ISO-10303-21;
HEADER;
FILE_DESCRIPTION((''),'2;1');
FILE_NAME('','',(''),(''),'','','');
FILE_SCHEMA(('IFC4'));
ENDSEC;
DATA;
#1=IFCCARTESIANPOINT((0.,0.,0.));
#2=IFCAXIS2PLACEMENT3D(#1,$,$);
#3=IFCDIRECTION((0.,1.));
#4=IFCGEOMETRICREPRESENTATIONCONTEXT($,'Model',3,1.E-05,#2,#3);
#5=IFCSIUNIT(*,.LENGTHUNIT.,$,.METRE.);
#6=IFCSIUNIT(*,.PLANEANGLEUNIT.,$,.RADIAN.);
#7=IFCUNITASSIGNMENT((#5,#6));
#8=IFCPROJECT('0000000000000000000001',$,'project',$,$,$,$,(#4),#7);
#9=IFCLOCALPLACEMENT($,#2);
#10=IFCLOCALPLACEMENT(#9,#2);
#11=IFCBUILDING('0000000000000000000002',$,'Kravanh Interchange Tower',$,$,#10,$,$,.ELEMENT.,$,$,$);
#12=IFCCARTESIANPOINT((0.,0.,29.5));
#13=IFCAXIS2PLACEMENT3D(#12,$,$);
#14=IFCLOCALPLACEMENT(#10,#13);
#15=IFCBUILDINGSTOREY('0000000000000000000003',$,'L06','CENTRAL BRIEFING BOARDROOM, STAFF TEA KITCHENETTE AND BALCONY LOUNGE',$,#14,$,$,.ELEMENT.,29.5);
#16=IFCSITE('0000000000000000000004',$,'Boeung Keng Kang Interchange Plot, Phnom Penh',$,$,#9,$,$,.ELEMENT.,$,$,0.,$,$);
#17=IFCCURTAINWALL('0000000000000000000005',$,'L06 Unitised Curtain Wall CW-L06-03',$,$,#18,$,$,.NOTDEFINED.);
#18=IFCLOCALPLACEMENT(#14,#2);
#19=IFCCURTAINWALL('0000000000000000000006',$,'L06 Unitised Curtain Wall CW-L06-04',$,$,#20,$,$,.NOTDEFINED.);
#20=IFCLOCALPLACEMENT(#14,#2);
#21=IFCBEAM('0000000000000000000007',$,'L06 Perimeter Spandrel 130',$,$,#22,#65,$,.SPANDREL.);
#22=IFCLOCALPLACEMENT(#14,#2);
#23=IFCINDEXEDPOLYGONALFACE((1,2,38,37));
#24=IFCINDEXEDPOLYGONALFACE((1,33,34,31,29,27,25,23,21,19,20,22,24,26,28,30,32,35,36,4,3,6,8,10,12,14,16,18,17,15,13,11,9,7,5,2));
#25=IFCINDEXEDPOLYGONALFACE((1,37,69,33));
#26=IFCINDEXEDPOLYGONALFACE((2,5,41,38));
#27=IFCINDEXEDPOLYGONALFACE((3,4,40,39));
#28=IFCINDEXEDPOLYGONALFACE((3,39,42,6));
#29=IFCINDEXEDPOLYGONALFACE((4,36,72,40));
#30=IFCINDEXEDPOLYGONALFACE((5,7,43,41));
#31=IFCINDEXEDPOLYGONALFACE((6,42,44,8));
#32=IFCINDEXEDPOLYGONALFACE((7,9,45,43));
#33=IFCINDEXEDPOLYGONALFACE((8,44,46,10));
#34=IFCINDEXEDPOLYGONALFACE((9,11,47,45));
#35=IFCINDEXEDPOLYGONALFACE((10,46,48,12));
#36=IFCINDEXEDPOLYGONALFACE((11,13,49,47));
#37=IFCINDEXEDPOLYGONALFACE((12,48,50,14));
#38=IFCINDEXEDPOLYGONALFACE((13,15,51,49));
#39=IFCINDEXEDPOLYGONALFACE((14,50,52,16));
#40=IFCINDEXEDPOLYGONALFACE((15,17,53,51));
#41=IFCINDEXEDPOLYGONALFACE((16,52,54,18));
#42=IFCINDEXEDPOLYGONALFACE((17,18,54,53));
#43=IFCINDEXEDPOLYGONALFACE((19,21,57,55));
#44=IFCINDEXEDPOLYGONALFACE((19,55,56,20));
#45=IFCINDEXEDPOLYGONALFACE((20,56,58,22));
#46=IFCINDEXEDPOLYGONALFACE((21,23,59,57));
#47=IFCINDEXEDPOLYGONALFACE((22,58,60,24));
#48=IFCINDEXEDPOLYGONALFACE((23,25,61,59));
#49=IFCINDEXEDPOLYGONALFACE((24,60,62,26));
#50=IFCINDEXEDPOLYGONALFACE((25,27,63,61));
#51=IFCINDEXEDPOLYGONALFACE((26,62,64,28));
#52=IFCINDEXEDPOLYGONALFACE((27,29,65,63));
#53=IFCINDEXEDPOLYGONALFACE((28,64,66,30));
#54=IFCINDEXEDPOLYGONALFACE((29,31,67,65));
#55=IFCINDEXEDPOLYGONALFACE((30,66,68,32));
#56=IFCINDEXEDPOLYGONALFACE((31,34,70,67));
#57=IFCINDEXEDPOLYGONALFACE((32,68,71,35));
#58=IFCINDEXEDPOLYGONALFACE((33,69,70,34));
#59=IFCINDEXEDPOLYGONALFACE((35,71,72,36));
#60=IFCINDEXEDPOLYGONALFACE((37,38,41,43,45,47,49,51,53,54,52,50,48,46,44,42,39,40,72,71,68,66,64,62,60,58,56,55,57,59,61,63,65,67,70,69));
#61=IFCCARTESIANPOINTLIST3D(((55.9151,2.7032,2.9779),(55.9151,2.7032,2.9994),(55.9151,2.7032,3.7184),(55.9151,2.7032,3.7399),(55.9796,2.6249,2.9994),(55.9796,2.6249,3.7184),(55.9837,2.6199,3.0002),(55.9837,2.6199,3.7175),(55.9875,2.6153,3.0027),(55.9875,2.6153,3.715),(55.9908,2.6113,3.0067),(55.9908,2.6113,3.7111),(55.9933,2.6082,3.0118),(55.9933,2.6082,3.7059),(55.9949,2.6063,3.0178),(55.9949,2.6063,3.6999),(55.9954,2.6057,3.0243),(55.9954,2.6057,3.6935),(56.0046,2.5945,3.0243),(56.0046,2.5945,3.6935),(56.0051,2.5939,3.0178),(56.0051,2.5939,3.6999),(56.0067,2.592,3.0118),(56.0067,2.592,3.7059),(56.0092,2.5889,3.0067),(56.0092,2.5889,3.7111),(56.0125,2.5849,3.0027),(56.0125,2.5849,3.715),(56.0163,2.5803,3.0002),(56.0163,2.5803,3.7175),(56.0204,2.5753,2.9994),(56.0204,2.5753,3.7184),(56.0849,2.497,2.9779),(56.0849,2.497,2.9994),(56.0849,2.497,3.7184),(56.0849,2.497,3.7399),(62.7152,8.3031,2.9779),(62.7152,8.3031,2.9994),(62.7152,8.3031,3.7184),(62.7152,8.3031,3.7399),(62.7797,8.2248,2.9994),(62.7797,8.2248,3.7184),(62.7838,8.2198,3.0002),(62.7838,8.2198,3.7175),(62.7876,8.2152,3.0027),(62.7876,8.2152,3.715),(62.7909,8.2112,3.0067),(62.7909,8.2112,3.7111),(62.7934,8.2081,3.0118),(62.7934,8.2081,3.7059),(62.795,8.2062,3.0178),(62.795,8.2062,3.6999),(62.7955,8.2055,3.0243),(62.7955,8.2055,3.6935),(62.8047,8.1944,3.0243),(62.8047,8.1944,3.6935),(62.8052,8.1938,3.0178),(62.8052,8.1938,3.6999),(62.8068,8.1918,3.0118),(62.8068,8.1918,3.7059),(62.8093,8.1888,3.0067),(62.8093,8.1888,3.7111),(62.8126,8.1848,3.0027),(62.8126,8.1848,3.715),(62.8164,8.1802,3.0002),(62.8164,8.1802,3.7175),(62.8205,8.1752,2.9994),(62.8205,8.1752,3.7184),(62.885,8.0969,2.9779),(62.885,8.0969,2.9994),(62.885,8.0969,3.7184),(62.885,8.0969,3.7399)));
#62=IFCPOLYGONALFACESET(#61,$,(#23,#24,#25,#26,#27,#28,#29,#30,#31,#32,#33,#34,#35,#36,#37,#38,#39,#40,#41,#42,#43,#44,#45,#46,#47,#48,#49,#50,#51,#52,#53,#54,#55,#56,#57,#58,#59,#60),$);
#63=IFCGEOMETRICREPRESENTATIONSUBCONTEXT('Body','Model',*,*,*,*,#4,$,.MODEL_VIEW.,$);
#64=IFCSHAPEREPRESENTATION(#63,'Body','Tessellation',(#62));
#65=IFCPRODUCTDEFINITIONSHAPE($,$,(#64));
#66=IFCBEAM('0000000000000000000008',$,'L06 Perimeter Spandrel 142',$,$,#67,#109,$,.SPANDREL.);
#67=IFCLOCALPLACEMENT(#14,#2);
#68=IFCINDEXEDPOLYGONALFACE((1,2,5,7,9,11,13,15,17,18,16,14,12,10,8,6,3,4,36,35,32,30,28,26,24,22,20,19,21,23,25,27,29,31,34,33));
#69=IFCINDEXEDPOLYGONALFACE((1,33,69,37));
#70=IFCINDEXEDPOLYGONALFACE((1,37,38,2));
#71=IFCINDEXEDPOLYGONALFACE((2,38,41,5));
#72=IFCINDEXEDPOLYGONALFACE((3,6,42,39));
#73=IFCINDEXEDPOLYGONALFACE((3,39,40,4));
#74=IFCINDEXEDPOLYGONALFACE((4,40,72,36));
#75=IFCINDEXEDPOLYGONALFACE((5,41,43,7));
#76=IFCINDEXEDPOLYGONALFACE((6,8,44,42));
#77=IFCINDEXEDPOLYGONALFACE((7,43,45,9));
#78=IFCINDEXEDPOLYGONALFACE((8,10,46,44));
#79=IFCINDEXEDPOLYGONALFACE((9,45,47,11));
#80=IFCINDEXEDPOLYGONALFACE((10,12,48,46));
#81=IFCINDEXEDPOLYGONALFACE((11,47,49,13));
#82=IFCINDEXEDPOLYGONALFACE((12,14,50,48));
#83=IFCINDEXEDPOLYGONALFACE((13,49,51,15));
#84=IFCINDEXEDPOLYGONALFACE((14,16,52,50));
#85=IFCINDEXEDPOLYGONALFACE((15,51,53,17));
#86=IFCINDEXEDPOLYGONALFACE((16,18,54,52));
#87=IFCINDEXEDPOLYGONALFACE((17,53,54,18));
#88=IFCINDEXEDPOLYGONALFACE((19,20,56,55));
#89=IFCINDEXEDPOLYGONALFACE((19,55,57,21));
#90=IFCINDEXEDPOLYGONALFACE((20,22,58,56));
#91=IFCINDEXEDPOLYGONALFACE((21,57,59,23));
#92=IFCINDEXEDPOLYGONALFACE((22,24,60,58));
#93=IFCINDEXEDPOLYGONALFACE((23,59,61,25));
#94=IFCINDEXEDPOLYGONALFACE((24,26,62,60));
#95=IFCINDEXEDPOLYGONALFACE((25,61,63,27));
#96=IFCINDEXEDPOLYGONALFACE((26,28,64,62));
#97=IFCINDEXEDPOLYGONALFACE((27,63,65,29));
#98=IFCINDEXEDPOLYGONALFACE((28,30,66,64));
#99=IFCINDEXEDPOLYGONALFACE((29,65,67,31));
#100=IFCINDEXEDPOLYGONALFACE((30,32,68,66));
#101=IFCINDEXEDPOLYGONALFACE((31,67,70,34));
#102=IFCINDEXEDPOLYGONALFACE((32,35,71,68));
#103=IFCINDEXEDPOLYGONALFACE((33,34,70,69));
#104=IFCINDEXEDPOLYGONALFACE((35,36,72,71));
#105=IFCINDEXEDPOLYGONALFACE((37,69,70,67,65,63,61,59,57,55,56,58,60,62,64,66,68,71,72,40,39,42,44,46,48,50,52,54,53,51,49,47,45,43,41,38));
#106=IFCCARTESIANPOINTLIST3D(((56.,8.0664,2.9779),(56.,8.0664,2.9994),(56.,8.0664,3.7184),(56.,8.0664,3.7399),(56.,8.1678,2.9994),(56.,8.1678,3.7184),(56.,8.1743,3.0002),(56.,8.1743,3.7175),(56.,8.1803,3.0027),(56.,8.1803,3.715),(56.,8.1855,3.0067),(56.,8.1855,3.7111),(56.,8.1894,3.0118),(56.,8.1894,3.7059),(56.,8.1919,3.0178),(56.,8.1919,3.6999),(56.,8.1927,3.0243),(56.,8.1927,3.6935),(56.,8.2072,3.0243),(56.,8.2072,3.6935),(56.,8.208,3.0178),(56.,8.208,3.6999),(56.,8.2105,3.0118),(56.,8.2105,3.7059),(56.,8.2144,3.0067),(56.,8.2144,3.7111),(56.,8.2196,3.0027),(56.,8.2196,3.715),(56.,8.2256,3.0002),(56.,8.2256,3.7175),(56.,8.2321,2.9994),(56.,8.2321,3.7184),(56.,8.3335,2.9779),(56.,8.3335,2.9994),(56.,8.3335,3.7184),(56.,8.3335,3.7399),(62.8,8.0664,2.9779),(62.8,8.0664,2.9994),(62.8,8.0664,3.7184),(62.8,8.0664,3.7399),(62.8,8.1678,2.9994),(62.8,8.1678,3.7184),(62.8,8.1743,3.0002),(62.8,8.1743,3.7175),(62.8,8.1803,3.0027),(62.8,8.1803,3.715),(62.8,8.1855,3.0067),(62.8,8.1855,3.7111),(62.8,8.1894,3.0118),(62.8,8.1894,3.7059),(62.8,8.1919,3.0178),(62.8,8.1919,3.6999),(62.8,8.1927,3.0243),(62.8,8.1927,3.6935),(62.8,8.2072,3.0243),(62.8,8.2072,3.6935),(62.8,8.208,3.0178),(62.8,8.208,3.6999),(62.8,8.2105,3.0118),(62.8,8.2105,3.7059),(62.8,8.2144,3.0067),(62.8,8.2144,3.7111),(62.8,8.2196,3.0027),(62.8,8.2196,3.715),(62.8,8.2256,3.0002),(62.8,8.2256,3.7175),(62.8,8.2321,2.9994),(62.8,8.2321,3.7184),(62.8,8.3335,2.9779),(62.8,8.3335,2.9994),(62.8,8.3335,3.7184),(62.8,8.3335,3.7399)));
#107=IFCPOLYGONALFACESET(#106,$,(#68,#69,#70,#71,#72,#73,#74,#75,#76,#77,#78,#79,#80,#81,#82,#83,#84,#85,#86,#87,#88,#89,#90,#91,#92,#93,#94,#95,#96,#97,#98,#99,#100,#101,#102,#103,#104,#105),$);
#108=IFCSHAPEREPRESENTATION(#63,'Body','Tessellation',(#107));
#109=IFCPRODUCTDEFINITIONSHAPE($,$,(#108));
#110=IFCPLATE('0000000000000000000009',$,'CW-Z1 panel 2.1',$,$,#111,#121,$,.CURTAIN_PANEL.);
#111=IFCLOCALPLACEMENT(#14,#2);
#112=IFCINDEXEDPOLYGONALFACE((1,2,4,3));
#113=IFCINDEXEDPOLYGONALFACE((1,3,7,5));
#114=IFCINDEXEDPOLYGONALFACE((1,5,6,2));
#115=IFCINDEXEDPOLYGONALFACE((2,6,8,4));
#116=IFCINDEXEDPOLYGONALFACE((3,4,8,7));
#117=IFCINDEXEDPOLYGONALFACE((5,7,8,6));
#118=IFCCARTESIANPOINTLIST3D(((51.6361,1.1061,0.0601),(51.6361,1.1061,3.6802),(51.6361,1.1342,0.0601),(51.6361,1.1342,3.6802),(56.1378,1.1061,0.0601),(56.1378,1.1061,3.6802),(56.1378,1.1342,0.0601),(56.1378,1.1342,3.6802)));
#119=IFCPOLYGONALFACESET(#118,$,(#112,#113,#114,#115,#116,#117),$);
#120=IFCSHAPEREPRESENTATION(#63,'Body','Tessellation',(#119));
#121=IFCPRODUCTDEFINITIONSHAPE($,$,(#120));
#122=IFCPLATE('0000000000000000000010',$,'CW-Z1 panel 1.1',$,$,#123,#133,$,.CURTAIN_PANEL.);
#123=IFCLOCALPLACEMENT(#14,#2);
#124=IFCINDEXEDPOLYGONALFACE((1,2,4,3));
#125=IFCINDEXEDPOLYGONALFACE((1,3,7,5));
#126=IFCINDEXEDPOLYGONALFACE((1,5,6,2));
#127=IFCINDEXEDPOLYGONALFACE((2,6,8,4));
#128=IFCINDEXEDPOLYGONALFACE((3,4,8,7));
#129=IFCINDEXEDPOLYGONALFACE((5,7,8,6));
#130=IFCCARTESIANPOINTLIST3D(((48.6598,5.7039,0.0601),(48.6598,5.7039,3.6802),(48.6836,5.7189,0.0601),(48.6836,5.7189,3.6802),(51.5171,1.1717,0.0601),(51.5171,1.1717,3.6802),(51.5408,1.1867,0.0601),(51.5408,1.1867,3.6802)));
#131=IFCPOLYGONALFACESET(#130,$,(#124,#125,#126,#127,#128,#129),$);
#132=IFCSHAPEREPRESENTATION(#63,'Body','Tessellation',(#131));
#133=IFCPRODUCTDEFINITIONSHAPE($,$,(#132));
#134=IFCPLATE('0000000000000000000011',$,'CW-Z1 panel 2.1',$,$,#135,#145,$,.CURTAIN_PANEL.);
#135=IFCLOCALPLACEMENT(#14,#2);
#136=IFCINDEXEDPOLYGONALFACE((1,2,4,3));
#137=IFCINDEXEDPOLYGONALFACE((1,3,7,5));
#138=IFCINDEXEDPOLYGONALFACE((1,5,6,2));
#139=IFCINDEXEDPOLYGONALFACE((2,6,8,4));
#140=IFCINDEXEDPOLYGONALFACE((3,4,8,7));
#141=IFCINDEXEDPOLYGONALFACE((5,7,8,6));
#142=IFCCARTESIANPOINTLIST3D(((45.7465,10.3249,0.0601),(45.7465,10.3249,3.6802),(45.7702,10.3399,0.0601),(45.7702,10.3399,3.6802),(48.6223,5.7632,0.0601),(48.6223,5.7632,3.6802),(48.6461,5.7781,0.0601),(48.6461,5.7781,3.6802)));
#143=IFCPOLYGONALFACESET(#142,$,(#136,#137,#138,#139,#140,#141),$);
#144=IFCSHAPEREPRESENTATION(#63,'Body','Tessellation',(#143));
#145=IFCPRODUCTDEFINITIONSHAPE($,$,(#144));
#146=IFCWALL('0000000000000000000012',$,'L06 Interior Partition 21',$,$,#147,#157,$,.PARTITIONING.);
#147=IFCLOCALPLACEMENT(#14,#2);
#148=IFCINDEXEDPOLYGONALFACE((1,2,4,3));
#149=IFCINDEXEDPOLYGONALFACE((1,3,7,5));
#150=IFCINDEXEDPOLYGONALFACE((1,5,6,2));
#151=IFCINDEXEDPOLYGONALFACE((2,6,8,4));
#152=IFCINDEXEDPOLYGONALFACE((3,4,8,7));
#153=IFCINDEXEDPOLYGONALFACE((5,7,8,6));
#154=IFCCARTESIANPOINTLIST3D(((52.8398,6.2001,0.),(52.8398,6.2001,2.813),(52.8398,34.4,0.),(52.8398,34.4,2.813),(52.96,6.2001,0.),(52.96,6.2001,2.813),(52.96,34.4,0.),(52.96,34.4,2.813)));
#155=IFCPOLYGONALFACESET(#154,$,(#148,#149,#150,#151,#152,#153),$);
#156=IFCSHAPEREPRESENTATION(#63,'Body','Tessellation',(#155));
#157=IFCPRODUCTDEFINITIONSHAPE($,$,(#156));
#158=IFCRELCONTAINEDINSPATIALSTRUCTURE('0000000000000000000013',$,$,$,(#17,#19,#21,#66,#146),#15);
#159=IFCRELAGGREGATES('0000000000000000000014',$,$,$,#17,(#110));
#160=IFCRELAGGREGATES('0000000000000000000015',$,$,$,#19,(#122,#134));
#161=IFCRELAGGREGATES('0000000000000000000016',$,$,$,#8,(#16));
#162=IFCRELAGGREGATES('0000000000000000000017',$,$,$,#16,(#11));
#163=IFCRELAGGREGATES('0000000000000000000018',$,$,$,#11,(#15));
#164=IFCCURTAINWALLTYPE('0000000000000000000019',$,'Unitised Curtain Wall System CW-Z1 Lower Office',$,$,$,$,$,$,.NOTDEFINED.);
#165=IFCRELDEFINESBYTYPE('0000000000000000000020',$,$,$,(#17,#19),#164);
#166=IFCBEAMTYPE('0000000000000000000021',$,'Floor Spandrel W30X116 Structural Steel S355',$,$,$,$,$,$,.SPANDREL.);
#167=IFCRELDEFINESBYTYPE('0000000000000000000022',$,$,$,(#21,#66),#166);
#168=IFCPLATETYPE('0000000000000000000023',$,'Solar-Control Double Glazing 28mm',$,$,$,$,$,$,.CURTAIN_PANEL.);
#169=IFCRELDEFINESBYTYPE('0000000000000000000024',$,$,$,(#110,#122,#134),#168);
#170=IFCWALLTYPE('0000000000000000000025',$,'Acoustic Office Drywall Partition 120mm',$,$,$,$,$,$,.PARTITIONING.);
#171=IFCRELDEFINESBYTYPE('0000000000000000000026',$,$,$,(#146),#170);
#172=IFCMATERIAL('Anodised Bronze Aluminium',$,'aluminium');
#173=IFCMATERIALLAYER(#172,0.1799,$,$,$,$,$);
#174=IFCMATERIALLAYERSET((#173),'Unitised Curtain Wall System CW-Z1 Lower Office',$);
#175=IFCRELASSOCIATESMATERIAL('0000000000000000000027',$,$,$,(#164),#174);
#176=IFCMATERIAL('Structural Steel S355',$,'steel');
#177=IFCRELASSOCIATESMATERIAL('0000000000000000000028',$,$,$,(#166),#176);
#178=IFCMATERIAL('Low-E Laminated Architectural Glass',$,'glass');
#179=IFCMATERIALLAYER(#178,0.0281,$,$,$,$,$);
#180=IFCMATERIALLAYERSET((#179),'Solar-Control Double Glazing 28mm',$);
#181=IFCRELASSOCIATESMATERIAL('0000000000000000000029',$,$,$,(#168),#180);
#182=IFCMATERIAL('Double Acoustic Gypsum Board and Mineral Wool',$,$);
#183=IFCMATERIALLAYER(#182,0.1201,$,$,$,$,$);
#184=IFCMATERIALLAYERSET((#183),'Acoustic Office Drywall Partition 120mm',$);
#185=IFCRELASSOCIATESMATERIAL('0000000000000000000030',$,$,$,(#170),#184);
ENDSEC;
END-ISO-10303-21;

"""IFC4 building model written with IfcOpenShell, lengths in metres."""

from ifc_helpers import new_model, si_unit, direction, frame, frame_2d, origin, origin_2d, place, context, subcontext, project, spatial, rectangle, i_section, extrude, material, layer, layer_set, material_profile, profile_set, type_object, element, aggregate, save


model = new_model("IFC4")

# Units and contexts
model_context = context("Model", 3, precision=1e-05, world=origin(), true_north=direction((0.0, 1.0)))
body_context = subcontext(model_context, "Body", "Model", "MODEL_VIEW")
ifc_project = project(units=[si_unit("LENGTHUNIT", "METRE"), si_unit("PLANEANGLEUNIT", "RADIAN")], contexts=[model_context])

# Site, building, storey
site_placement = place(None, origin())
site = spatial("IfcSite", under=ifc_project, at=site_placement, Name="Boeung Keng Kang Interchange Plot, Phnom Penh", CompositionType="ELEMENT", RefElevation=0.0)
building_placement = place(site_placement, origin())
building = spatial("IfcBuilding", under=site, at=building_placement, Name="Kravanh Interchange Tower", CompositionType="ELEMENT")
storey_placement = place(building_placement, frame((0.0, 0.0, 29.5)))
storey = spatial("IfcBuildingStorey", under=building, at=storey_placement, Name="L06", Description="CENTRAL BRIEFING BOARDROOM, STAFF TEA KITCHENETTE AND BALCONY LOUNGE", CompositionType="ELEMENT", Elevation=29.5)

# Curtain wall
ifc_material_1 = material(Name="Anodised Bronze Aluminium", Category="aluminium")
ifc_layer_1 = layer(ifc_material_1, 0.1799)
ifc_layer_set_1 = layer_set([ifc_layer_1], Name="Unitised Curtain Wall System CW-Z1 Lower Office")
curtain_wall_type = type_object("IfcCurtainWallType", Name="Unitised Curtain Wall System CW-Z1 Lower Office", PredefinedType="NOTDEFINED", material=ifc_layer_set_1)
curtain_wall_1_placement = place(storey_placement, origin())
curtain_wall_1 = element("IfcCurtainWall", 1, at=curtain_wall_1_placement, inside=storey, type_object=curtain_wall_type, Name="L06 Unitised Curtain Wall CW-L06-03", PredefinedType="NOTDEFINED")

# Curtain wall
curtain_wall_2_placement = place(storey_placement, origin())
curtain_wall_2 = element("IfcCurtainWall", 2, at=curtain_wall_2_placement, inside=storey, type_object=curtain_wall_type, Name="L06 Unitised Curtain Wall CW-L06-04", PredefinedType="NOTDEFINED")

# Beams
ifc_material_2 = material(Name="Structural Steel S355", Category="steel")
ifc_material_profile_1 = material_profile(ifc_material_2, i_section(OverallWidth=0.2671, OverallDepth=0.762, WebThickness=0.0144, FlangeThickness=0.0215, FilletRadius=0.0249, at=origin_2d()), Name="W30X116")
ifc_profile_set_1 = profile_set([ifc_material_profile_1], Name="Structural Steel S355")
beam_type_1 = type_object("IfcBeamType", Name="Floor Spandrel W30X116 Structural Steel S355", PredefinedType="SPANDREL", material=ifc_profile_set_1)
beam_1_placement = place(storey_placement, frame((56.0, 2.6001, 3.3589), z_axis=(0.771941, 0.635695, 0.0), x_axis=(-0.635695, 0.771941, 0.0)))
element("IfcBeam", 3, at=beam_1_placement, inside=storey, type_object=beam_type_1, Name="L06 Perimeter Spandrel 130", PredefinedType="SPANDREL", context=body_context, shape_type="SweptSolid", body=[
    extrude(i_section(OverallWidth=0.2671, OverallDepth=0.762, WebThickness=0.0144, FlangeThickness=0.0215, FilletRadius=0.0249, at=origin_2d()), origin(), (0.0, 0.0, 1.0), 8.8091),
])
beam_2_placement = place(storey_placement, frame((56.0, 8.2, 3.3589), z_axis=(1.0, 0.0, 0.0), x_axis=(0.0, 1.0, 0.0)))
element("IfcBeam", 4, at=beam_2_placement, inside=storey, type_object=beam_type_1, Name="L06 Perimeter Spandrel 142", PredefinedType="SPANDREL", context=body_context, shape_type="SweptSolid", body=[
    extrude(i_section(OverallWidth=0.2671, OverallDepth=0.762, WebThickness=0.0144, FlangeThickness=0.0215, FilletRadius=0.0249, at=origin_2d()), origin(), (0.0, 0.0, 1.0), 6.8),
])

# Plates
ifc_material_3 = material(Name="Low-E Laminated Architectural Glass", Category="glass")
ifc_layer_2 = layer(ifc_material_3, 0.0281)
ifc_layer_set_2 = layer_set([ifc_layer_2], Name="Solar-Control Double Glazing 28mm")
plate_type = type_object("IfcPlateType", Name="Solar-Control Double Glazing 28mm", PredefinedType="CURTAIN_PANEL", material=ifc_layer_set_2)
plate_1_placement = place(storey_placement, frame((53.887, 1.1201, 0.0601), z_axis=(0.0, 0.0, 1.0), x_axis=(-1.0, 0.0, 0.0)))
plate_1 = element("IfcPlate", 5, at=plate_1_placement, type_object=plate_type, Name="CW-Z1 panel 2.1", PredefinedType="CURTAIN_PANEL", context=body_context, shape_type="SweptSolid", body=[
    extrude(rectangle(XDim=4.5017, YDim=0.0281, at=origin_2d()), origin(), (0.0, 0.0, 1.0), 3.6201),
])
aggregate(curtain_wall_1, [plate_1])
plate_2_placement = place(storey_placement, frame((50.1003, 3.4453, 0.0601), z_axis=(0.0, 0.0, 1.0), x_axis=(-0.533301, 0.845926, 0.0)))
plate_2 = element("IfcPlate", 6, at=plate_2_placement, type_object=plate_type, Name="CW-Z1 panel 1.1", PredefinedType="CURTAIN_PANEL", context=body_context, shape_type="SweptSolid", body=[
    extrude(rectangle(XDim=5.3577, YDim=0.0281, at=origin_2d()), origin(), (0.0, 0.0, 1.0), 3.6201),
])
plate_3_placement = place(storey_placement, frame((47.1963, 8.0515, 0.0601), z_axis=(0.0, 0.0, 1.0), x_axis=(-0.533301, 0.845926, 0.0)))
plate_3 = element("IfcPlate", 7, at=plate_3_placement, type_object=plate_type, Name="CW-Z1 panel 2.1", PredefinedType="CURTAIN_PANEL", context=body_context, shape_type="SweptSolid", body=[
    extrude(rectangle(XDim=5.3926, YDim=0.0281, at=origin_2d()), origin(), (0.0, 0.0, 1.0), 3.6201),
])
aggregate(curtain_wall_2, [plate_2, plate_3])

# Wall
ifc_material_4 = material(Name="Double Acoustic Gypsum Board and Mineral Wool")
ifc_layer_3 = layer(ifc_material_4, 0.1201)
ifc_layer_set_3 = layer_set([ifc_layer_3], Name="Acoustic Office Drywall Partition 120mm")
wall_type = type_object("IfcWallType", Name="Acoustic Office Drywall Partition 120mm", PredefinedType="PARTITIONING", material=ifc_layer_set_3)
wall_1_placement = place(storey_placement, frame((52.8999, 6.2, 0.0), z_axis=(0.0, 0.0, 1.0), x_axis=(0.0, 1.0, 0.0)))
element("IfcWall", 8, at=wall_1_placement, inside=storey, type_object=wall_type, Name="L06 Interior Partition 21", PredefinedType="PARTITIONING", context=body_context, shape_type="SweptSolid", body=[
    extrude(rectangle(XDim=28.2, YDim=0.1201, at=frame_2d((14.1001, 0.0))), origin(), (0.0, 0.0, 1.0), 2.813),
])

save(model, "model.ifc")
